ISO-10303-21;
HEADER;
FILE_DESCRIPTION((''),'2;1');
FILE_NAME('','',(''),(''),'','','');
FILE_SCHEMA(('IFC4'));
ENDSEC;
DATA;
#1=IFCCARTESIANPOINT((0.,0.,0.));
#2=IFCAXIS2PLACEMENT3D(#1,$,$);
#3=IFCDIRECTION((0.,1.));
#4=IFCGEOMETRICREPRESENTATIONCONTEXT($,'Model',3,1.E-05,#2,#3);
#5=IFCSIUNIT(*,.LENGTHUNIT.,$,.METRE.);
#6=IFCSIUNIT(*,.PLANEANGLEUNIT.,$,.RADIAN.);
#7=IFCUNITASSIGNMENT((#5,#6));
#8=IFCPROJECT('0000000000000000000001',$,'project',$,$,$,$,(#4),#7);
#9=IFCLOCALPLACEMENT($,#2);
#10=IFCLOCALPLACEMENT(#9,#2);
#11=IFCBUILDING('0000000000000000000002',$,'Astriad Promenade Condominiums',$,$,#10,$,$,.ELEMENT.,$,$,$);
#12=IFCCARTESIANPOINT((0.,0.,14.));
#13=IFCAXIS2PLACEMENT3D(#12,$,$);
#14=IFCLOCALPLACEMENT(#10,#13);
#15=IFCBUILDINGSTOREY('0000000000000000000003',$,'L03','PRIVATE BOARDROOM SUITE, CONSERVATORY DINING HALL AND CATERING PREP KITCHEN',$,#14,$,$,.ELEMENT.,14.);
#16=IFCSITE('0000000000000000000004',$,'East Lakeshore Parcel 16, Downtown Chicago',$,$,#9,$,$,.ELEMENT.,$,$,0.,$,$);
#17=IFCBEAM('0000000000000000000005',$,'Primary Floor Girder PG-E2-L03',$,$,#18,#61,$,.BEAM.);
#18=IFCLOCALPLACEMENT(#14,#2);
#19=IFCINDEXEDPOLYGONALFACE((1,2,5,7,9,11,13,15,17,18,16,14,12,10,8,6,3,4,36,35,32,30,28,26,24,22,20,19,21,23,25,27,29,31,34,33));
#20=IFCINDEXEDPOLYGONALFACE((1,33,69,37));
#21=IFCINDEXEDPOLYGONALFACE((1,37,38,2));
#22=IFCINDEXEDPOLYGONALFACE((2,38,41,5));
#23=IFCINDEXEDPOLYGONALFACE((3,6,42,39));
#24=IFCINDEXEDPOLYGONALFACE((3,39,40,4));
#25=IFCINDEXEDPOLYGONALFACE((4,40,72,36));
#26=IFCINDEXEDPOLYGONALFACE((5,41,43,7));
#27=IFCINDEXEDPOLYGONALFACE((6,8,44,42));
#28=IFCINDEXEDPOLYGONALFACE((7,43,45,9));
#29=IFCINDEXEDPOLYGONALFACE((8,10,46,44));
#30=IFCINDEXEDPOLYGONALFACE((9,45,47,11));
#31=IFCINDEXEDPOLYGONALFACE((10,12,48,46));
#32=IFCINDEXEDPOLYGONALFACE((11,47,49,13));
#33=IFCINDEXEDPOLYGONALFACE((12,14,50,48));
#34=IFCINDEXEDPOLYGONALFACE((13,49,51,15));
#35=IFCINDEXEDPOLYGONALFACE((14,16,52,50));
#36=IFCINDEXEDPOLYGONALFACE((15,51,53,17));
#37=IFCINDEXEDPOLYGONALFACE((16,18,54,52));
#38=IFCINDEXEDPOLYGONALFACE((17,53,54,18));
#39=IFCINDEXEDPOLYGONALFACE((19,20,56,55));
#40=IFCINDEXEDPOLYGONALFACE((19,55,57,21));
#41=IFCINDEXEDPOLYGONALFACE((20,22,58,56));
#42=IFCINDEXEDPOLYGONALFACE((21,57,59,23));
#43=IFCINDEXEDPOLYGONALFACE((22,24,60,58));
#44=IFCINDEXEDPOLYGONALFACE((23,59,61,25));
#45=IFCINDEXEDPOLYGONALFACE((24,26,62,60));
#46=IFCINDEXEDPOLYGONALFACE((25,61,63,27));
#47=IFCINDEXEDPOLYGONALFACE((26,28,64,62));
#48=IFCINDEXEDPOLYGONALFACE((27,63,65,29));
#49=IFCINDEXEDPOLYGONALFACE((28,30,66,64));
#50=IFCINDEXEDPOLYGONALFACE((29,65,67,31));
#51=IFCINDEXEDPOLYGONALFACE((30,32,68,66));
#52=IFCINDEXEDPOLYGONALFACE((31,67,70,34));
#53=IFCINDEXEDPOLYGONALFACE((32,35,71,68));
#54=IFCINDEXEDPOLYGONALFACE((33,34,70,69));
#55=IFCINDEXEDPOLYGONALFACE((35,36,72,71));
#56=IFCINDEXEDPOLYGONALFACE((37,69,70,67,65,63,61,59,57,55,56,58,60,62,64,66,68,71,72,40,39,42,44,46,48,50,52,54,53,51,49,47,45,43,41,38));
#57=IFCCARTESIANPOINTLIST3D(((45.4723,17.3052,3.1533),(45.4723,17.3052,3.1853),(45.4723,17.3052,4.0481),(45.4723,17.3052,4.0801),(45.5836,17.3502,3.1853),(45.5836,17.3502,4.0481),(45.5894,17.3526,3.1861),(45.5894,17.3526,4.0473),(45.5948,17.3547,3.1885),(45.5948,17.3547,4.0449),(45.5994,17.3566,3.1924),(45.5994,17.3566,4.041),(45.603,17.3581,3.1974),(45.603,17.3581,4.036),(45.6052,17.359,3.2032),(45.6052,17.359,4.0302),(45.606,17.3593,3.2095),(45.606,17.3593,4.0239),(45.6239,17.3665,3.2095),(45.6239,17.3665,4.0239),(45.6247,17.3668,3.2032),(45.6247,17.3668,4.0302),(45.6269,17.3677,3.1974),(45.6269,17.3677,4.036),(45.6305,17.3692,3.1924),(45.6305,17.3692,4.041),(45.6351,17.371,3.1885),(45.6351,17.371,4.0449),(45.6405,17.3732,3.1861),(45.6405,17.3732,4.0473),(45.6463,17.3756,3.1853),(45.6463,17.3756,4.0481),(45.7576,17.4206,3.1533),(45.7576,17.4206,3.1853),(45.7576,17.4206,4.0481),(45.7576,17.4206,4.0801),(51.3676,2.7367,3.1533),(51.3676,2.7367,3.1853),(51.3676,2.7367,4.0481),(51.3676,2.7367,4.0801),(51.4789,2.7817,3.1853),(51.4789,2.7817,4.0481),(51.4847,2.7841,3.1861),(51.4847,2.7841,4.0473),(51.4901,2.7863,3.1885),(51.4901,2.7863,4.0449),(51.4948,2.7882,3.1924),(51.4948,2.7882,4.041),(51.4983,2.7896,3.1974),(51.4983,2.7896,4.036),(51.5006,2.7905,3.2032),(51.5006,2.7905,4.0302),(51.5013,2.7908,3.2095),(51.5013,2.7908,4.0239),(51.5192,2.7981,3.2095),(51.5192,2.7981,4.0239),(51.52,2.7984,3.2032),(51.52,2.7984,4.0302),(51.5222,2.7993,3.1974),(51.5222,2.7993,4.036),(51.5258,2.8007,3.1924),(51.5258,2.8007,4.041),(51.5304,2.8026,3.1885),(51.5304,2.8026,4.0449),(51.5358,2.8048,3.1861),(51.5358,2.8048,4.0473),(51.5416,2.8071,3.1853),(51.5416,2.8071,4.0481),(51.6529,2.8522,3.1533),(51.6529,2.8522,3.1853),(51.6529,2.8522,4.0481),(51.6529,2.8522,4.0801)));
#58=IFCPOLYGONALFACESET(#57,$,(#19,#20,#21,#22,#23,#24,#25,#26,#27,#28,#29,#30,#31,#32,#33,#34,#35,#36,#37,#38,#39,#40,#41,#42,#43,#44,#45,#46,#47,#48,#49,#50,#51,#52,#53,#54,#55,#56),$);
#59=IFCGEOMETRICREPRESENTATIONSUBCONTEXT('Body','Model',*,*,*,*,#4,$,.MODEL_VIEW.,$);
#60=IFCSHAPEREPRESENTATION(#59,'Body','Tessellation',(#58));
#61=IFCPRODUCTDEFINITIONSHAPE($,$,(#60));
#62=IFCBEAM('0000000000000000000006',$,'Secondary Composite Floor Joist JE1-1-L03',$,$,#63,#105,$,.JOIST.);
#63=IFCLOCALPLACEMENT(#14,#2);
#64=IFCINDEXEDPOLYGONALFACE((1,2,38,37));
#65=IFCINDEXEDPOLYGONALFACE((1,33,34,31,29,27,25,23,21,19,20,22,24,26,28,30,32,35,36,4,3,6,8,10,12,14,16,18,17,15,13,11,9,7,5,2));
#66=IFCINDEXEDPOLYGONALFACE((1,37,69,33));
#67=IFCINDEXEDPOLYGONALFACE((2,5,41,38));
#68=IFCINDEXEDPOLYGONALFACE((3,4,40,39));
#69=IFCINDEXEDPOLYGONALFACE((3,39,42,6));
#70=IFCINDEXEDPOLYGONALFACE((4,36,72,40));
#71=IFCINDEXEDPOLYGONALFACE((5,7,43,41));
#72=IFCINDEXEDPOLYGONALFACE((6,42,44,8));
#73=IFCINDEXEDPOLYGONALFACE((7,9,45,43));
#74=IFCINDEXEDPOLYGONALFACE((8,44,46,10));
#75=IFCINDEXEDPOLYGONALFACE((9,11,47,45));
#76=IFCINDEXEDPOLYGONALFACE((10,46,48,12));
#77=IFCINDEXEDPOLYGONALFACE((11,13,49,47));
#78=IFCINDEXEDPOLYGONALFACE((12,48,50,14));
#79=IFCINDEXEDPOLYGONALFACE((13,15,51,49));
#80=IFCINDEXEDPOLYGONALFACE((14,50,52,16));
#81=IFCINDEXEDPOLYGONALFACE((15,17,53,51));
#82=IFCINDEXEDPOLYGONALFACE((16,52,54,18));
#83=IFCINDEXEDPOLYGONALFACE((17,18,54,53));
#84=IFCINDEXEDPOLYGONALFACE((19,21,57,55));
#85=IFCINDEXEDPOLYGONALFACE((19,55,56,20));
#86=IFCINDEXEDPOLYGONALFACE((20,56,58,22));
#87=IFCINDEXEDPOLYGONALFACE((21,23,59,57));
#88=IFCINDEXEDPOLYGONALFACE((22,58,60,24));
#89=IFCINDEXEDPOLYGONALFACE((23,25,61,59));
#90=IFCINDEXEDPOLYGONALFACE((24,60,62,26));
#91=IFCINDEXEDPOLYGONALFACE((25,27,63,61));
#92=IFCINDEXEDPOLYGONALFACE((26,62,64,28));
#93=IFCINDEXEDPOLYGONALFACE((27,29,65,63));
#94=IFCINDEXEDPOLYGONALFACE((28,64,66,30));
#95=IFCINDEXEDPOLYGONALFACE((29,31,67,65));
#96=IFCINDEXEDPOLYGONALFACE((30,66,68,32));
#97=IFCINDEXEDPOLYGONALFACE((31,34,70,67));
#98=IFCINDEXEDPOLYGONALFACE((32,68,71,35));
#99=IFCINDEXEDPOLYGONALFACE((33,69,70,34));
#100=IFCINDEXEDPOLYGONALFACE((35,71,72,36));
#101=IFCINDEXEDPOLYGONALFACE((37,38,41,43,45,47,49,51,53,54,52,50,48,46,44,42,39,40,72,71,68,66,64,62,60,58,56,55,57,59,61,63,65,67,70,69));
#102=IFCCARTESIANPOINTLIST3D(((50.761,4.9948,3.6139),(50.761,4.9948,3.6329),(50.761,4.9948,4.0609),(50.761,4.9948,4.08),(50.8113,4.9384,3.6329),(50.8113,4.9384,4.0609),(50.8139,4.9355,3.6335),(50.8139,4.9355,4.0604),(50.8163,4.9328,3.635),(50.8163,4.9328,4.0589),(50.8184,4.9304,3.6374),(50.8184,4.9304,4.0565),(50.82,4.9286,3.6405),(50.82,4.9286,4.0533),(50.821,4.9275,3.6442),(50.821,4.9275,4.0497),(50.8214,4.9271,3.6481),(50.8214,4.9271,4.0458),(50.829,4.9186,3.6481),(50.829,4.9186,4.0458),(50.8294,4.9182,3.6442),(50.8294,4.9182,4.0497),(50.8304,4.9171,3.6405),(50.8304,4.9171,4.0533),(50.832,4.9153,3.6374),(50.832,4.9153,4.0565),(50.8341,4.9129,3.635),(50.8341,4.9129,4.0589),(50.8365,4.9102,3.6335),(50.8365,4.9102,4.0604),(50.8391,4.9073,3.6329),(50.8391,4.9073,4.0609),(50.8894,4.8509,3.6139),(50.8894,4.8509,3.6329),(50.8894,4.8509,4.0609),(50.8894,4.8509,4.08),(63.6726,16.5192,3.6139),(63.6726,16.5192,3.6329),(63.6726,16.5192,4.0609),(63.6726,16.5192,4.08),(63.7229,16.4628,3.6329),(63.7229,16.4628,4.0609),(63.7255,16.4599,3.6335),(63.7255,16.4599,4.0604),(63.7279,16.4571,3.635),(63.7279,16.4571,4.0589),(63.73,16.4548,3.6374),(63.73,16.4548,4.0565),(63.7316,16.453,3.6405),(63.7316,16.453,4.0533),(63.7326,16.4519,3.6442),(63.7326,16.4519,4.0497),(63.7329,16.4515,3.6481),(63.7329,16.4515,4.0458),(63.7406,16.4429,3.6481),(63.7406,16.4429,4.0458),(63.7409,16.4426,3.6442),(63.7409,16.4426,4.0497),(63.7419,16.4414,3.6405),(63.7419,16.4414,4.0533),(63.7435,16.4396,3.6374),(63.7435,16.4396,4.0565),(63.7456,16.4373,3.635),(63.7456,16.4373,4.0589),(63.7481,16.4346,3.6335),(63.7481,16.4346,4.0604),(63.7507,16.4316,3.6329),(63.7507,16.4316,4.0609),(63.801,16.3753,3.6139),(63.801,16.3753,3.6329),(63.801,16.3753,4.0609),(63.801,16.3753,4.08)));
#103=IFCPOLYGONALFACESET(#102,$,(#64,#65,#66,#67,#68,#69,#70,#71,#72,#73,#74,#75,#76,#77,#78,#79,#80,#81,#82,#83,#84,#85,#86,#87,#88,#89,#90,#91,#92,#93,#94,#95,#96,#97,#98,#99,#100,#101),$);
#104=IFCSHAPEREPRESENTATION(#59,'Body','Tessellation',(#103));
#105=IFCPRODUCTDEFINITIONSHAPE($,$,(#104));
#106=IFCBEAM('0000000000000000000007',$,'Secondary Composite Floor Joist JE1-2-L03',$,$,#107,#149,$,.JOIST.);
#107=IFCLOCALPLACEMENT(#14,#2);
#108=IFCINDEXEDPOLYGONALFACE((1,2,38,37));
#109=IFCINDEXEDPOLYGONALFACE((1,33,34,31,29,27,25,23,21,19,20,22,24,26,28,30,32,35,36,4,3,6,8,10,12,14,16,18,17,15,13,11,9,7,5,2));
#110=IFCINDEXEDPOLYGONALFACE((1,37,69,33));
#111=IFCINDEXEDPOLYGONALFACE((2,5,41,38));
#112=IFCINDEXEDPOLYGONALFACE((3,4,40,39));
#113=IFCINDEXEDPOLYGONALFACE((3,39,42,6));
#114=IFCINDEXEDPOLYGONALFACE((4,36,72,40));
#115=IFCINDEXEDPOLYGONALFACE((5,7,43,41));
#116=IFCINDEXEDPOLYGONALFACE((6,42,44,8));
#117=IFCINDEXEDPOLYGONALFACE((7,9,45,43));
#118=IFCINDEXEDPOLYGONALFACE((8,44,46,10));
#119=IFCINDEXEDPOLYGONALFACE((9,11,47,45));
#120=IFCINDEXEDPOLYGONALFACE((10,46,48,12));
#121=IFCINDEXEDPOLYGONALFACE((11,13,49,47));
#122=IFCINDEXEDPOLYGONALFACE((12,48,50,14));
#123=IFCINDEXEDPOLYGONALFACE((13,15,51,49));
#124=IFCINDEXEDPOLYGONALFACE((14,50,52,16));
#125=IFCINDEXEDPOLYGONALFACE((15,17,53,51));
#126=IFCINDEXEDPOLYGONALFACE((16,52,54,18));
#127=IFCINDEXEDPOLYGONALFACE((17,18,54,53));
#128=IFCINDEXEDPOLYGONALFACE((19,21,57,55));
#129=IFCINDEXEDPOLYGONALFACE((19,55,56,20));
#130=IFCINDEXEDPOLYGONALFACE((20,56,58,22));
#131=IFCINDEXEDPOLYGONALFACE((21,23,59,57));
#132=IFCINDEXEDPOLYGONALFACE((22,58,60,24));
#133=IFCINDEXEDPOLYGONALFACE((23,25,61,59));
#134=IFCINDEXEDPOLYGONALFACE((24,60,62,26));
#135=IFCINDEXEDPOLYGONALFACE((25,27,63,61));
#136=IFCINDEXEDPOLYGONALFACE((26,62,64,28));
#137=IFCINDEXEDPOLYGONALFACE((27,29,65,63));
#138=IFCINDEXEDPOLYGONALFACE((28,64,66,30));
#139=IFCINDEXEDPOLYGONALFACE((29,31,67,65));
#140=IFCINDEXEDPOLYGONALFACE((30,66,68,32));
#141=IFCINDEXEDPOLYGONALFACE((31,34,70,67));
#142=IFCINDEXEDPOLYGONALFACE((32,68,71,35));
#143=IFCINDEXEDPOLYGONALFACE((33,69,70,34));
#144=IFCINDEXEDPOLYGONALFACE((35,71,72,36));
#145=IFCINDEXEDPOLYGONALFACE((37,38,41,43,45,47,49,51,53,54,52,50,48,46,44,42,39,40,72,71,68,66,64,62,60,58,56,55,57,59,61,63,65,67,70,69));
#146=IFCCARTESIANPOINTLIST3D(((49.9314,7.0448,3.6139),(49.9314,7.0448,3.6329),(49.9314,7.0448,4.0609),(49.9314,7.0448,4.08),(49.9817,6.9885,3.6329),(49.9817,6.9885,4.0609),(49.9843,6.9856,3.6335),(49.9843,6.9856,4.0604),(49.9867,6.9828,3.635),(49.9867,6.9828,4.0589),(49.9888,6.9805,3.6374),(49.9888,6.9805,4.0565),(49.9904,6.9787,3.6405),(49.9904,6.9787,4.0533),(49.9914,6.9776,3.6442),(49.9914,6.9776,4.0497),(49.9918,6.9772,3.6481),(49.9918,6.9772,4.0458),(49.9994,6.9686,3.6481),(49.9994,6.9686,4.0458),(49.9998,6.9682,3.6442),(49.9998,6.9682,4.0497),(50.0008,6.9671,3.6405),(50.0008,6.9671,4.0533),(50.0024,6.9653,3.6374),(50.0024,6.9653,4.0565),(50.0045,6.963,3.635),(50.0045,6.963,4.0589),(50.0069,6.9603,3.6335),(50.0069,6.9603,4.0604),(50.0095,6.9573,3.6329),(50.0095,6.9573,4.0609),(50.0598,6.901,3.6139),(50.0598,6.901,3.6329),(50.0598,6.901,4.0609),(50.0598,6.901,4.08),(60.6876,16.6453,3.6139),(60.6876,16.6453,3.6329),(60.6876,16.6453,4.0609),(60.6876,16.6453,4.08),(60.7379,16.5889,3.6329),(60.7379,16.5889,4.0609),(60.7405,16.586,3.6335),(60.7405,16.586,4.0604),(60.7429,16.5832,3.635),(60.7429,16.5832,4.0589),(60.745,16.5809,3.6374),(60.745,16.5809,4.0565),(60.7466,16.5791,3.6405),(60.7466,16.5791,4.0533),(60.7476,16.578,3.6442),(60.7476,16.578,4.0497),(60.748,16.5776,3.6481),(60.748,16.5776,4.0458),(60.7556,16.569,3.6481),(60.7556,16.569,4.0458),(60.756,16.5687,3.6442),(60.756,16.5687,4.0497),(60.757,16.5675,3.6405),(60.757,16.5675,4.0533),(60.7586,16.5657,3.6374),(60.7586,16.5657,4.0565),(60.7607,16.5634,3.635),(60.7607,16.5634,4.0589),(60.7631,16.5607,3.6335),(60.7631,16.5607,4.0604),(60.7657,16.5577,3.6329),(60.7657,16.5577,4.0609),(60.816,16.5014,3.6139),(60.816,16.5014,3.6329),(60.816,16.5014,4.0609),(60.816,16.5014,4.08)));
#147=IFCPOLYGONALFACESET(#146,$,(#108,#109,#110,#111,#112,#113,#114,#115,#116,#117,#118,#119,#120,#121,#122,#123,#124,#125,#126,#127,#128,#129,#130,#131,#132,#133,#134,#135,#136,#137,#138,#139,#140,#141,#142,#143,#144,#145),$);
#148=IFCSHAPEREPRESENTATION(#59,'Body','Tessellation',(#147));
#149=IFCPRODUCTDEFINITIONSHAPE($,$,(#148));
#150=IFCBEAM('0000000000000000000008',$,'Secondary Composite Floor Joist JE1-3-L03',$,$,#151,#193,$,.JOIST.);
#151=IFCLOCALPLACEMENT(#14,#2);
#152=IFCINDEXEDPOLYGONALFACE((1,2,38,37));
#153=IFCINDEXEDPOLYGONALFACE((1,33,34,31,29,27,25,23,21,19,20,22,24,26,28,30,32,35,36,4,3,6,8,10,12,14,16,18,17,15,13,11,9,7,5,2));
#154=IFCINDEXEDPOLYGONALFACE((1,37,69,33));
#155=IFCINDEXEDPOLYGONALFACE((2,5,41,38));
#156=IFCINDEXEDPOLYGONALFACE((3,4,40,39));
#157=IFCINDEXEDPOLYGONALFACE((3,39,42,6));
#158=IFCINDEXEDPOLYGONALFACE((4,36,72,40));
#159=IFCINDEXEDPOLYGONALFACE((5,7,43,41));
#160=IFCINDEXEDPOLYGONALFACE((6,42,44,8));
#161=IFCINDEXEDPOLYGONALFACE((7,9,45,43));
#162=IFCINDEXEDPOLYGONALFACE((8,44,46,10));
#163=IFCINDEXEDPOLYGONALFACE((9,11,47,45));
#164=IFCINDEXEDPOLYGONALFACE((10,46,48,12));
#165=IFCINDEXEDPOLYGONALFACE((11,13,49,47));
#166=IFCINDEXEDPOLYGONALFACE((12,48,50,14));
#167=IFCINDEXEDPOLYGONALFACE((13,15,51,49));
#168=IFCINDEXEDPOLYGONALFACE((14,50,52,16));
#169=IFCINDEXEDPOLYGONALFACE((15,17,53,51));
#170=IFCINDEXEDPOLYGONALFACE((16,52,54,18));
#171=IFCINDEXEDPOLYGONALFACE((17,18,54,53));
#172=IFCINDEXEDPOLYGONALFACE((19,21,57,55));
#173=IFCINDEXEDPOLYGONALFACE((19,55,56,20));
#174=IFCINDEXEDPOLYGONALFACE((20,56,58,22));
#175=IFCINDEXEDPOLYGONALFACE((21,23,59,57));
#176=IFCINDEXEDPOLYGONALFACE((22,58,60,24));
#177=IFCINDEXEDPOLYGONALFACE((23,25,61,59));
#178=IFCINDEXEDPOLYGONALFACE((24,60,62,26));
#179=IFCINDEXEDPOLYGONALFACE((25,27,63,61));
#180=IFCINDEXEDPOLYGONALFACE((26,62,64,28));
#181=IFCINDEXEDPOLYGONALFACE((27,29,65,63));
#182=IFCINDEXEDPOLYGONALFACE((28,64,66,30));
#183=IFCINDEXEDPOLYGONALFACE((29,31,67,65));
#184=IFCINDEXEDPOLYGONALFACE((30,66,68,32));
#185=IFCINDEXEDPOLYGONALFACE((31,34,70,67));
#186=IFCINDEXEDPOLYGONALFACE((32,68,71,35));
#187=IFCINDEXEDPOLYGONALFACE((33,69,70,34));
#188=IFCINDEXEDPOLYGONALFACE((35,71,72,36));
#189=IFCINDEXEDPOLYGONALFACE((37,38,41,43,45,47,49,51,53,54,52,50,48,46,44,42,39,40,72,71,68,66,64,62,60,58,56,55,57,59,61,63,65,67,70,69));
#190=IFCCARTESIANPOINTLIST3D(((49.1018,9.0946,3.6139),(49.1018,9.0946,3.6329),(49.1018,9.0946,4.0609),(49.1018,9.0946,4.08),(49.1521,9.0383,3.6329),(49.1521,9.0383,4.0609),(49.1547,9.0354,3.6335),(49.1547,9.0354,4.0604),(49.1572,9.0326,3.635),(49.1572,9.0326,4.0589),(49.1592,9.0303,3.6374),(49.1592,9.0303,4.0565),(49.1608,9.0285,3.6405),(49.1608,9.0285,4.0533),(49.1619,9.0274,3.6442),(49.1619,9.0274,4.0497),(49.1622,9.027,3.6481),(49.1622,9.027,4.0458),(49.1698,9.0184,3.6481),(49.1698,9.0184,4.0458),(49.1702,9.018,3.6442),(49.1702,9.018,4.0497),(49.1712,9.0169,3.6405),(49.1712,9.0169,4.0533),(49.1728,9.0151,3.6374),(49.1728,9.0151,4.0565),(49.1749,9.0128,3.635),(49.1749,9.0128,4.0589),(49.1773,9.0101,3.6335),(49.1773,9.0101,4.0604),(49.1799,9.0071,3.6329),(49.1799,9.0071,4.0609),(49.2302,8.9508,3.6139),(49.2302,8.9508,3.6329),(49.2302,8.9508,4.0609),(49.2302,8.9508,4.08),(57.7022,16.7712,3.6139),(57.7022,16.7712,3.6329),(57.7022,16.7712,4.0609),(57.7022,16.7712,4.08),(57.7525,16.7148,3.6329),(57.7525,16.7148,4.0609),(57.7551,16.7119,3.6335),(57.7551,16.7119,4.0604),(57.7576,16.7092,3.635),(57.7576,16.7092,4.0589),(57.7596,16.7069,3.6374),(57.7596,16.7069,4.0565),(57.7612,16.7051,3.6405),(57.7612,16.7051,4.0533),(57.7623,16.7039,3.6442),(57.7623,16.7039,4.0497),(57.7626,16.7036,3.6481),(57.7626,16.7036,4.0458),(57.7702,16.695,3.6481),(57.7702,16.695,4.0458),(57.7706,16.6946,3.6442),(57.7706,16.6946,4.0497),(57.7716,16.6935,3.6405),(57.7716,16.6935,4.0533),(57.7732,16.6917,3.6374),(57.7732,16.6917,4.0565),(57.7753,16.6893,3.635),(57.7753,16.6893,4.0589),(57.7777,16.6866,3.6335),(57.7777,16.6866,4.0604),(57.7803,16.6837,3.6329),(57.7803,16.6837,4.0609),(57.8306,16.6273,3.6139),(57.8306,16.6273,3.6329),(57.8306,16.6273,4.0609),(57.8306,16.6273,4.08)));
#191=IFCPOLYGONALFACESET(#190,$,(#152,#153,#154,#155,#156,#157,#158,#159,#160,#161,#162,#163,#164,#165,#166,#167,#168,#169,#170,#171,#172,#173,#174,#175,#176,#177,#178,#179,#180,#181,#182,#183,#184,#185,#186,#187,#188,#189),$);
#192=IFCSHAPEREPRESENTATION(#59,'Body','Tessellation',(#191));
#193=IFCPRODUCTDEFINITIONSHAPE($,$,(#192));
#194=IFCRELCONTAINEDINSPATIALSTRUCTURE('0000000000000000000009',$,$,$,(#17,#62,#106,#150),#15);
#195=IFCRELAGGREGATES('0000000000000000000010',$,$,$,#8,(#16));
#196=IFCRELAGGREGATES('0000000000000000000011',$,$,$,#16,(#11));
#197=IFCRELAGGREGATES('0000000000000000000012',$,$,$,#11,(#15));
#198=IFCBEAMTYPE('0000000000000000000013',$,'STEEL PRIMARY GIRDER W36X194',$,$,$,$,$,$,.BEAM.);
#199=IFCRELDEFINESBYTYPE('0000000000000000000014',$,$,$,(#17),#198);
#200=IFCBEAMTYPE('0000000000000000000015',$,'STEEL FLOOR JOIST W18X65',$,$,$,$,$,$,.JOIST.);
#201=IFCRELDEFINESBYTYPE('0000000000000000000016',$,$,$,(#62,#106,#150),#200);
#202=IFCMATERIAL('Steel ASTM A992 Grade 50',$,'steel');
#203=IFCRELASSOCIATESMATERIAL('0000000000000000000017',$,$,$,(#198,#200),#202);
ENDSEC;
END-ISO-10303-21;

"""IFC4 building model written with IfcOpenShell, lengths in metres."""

from ifc_helpers import new_model, si_unit, direction, frame, origin, origin_2d, place, context, subcontext, project, spatial, i_section, extrude, source, transform, mapped, material, material_profile, profile_set, type_object, type_shapes, element, save


model = new_model("IFC4")

# Units and contexts
model_context = context("Model", 3, precision=1e-05, world=origin(), true_north=direction((0.0, 1.0)))
body_context = subcontext(model_context, "Body", "Model", "MODEL_VIEW")
ifc_project = project(units=[si_unit("LENGTHUNIT", "METRE"), si_unit("PLANEANGLEUNIT", "RADIAN")], contexts=[model_context])

# Site, building, storey
site_placement = place(None, origin())
site = spatial("IfcSite", under=ifc_project, at=site_placement, Name="East Lakeshore Parcel 16, Downtown Chicago", CompositionType="ELEMENT", RefElevation=0.0)
building_placement = place(site_placement, origin())
building = spatial("IfcBuilding", under=site, at=building_placement, Name="Astriad Promenade Condominiums", CompositionType="ELEMENT")
storey_placement = place(building_placement, frame((0.0, 0.0, 14.0)))
storey = spatial("IfcBuildingStorey", under=building, at=storey_placement, Name="L03", Description="PRIVATE BOARDROOM SUITE, CONSERVATORY DINING HALL AND CATERING PREP KITCHEN", CompositionType="ELEMENT", Elevation=14.0)

# Shared definitions
ifc_material_1 = material(Name="Steel ASTM A992 Grade 50", Category="steel")

# Beams
ifc_material_profile_1 = material_profile(ifc_material_1, i_section(OverallWidth=0.3079, OverallDepth=0.9268, WebThickness=0.0193, FlangeThickness=0.032, FilletRadius=0.0242, at=origin_2d()), Name="W36X194")
ifc_profile_set_1 = profile_set([ifc_material_profile_1], Name="Steel ASTM A992 Grade 50")
beam_type_1 = type_object("IfcBeamType", Name="STEEL PRIMARY GIRDER W36X194", PredefinedType="BEAM", material=ifc_profile_set_1)
shared_shape_1 = source(origin(), body_context, "Body", "SweptSolid", [
    extrude(i_section(OverallWidth=0.3079, OverallDepth=0.9268, WebThickness=0.0193, FlangeThickness=0.032, FilletRadius=0.0242, at=origin_2d()), origin(), (0.0, 0.0, 1.0), 15.7161),
])
type_shapes(beam_type_1, [shared_shape_1])
beam_1_placement = place(storey_placement, frame((51.5103, 2.7944, 3.6167), z_axis=(-0.375113, 0.926979, 0.0), x_axis=(-0.926979, -0.375113, 0.0)))
element("IfcBeam", 1, at=beam_1_placement, inside=storey, type_object=beam_type_1, Name="Primary Floor Girder PG-E2-L03", PredefinedType="BEAM", context=body_context, shape_type="MappedRepresentation", body=[
    mapped(shared_shape_1, transform((0.0, 0.0, 0.0), scale=1.0)),
])
ifc_material_profile_2 = material_profile(ifc_material_1, i_section(OverallWidth=0.1929, OverallDepth=0.4661, WebThickness=0.0115, FlangeThickness=0.019, FilletRadius=0.0151, at=origin_2d()), Name="W18X65")
ifc_profile_set_2 = profile_set([ifc_material_profile_2], Name="Steel ASTM A992 Grade 50")
beam_type_2 = type_object("IfcBeamType", Name="STEEL FLOOR JOIST W18X65", PredefinedType="JOIST", material=ifc_profile_set_2)
shared_shape_2 = source(origin(), body_context, "Body", "SweptSolid", [
    extrude(i_section(OverallWidth=0.1929, OverallDepth=0.4661, WebThickness=0.0115, FlangeThickness=0.019, FilletRadius=0.0151, at=origin_2d()), origin(), (0.0, 0.0, 1.0), 17.3066),
])
beam_2_placement = place(storey_placement, frame((50.8252, 4.9229, 3.8469), z_axis=(0.746047, 0.665893, 0.0), x_axis=(-0.665893, 0.746047, 0.0)))
element("IfcBeam", 2, at=beam_2_placement, inside=storey, type_object=beam_type_2, Name="Secondary Composite Floor Joist JE1-1-L03", PredefinedType="JOIST", context=body_context, shape_type="MappedRepresentation", body=[
    mapped(shared_shape_2, transform((0.0, 0.0, 0.0), scale=1.0)),
])
shared_shape_3 = source(origin(), body_context, "Body", "SweptSolid", [
    extrude(i_section(OverallWidth=0.1929, OverallDepth=0.4661, WebThickness=0.0115, FlangeThickness=0.019, FilletRadius=0.0151, at=origin_2d()), origin(), (0.0, 0.0, 1.0), 14.4175),
])
beam_3_placement = place(storey_placement, frame((49.9956, 6.9729, 3.8469), z_axis=(0.746052, 0.665888, 0.0), x_axis=(-0.665888, 0.746052, 0.0)))
element("IfcBeam", 3, at=beam_3_placement, inside=storey, type_object=beam_type_2, Name="Secondary Composite Floor Joist JE1-2-L03", PredefinedType="JOIST", context=body_context, shape_type="MappedRepresentation", body=[
    mapped(shared_shape_3, transform((0.0, 0.0, 0.0), scale=1.0)),
])
shared_shape_4 = source(origin(), body_context, "Body", "SweptSolid", [
    extrude(i_section(OverallWidth=0.1929, OverallDepth=0.4661, WebThickness=0.0115, FlangeThickness=0.019, FilletRadius=0.0151, at=origin_2d()), origin(), (0.0, 0.0, 1.0), 11.5281),
])
type_shapes(beam_type_2, [shared_shape_2, shared_shape_3, shared_shape_4])
beam_4_placement = place(storey_placement, frame((49.166, 9.0227, 3.8469), z_axis=(0.746039, 0.665902, 0.0), x_axis=(-0.665902, 0.746039, 0.0)))
element("IfcBeam", 4, at=beam_4_placement, inside=storey, type_object=beam_type_2, Name="Secondary Composite Floor Joist JE1-3-L03", PredefinedType="JOIST", context=body_context, shape_type="MappedRepresentation", body=[
    mapped(shared_shape_4, transform((0.0, 0.0, 0.0), scale=1.0)),
])

save(model, "model.ifc")
